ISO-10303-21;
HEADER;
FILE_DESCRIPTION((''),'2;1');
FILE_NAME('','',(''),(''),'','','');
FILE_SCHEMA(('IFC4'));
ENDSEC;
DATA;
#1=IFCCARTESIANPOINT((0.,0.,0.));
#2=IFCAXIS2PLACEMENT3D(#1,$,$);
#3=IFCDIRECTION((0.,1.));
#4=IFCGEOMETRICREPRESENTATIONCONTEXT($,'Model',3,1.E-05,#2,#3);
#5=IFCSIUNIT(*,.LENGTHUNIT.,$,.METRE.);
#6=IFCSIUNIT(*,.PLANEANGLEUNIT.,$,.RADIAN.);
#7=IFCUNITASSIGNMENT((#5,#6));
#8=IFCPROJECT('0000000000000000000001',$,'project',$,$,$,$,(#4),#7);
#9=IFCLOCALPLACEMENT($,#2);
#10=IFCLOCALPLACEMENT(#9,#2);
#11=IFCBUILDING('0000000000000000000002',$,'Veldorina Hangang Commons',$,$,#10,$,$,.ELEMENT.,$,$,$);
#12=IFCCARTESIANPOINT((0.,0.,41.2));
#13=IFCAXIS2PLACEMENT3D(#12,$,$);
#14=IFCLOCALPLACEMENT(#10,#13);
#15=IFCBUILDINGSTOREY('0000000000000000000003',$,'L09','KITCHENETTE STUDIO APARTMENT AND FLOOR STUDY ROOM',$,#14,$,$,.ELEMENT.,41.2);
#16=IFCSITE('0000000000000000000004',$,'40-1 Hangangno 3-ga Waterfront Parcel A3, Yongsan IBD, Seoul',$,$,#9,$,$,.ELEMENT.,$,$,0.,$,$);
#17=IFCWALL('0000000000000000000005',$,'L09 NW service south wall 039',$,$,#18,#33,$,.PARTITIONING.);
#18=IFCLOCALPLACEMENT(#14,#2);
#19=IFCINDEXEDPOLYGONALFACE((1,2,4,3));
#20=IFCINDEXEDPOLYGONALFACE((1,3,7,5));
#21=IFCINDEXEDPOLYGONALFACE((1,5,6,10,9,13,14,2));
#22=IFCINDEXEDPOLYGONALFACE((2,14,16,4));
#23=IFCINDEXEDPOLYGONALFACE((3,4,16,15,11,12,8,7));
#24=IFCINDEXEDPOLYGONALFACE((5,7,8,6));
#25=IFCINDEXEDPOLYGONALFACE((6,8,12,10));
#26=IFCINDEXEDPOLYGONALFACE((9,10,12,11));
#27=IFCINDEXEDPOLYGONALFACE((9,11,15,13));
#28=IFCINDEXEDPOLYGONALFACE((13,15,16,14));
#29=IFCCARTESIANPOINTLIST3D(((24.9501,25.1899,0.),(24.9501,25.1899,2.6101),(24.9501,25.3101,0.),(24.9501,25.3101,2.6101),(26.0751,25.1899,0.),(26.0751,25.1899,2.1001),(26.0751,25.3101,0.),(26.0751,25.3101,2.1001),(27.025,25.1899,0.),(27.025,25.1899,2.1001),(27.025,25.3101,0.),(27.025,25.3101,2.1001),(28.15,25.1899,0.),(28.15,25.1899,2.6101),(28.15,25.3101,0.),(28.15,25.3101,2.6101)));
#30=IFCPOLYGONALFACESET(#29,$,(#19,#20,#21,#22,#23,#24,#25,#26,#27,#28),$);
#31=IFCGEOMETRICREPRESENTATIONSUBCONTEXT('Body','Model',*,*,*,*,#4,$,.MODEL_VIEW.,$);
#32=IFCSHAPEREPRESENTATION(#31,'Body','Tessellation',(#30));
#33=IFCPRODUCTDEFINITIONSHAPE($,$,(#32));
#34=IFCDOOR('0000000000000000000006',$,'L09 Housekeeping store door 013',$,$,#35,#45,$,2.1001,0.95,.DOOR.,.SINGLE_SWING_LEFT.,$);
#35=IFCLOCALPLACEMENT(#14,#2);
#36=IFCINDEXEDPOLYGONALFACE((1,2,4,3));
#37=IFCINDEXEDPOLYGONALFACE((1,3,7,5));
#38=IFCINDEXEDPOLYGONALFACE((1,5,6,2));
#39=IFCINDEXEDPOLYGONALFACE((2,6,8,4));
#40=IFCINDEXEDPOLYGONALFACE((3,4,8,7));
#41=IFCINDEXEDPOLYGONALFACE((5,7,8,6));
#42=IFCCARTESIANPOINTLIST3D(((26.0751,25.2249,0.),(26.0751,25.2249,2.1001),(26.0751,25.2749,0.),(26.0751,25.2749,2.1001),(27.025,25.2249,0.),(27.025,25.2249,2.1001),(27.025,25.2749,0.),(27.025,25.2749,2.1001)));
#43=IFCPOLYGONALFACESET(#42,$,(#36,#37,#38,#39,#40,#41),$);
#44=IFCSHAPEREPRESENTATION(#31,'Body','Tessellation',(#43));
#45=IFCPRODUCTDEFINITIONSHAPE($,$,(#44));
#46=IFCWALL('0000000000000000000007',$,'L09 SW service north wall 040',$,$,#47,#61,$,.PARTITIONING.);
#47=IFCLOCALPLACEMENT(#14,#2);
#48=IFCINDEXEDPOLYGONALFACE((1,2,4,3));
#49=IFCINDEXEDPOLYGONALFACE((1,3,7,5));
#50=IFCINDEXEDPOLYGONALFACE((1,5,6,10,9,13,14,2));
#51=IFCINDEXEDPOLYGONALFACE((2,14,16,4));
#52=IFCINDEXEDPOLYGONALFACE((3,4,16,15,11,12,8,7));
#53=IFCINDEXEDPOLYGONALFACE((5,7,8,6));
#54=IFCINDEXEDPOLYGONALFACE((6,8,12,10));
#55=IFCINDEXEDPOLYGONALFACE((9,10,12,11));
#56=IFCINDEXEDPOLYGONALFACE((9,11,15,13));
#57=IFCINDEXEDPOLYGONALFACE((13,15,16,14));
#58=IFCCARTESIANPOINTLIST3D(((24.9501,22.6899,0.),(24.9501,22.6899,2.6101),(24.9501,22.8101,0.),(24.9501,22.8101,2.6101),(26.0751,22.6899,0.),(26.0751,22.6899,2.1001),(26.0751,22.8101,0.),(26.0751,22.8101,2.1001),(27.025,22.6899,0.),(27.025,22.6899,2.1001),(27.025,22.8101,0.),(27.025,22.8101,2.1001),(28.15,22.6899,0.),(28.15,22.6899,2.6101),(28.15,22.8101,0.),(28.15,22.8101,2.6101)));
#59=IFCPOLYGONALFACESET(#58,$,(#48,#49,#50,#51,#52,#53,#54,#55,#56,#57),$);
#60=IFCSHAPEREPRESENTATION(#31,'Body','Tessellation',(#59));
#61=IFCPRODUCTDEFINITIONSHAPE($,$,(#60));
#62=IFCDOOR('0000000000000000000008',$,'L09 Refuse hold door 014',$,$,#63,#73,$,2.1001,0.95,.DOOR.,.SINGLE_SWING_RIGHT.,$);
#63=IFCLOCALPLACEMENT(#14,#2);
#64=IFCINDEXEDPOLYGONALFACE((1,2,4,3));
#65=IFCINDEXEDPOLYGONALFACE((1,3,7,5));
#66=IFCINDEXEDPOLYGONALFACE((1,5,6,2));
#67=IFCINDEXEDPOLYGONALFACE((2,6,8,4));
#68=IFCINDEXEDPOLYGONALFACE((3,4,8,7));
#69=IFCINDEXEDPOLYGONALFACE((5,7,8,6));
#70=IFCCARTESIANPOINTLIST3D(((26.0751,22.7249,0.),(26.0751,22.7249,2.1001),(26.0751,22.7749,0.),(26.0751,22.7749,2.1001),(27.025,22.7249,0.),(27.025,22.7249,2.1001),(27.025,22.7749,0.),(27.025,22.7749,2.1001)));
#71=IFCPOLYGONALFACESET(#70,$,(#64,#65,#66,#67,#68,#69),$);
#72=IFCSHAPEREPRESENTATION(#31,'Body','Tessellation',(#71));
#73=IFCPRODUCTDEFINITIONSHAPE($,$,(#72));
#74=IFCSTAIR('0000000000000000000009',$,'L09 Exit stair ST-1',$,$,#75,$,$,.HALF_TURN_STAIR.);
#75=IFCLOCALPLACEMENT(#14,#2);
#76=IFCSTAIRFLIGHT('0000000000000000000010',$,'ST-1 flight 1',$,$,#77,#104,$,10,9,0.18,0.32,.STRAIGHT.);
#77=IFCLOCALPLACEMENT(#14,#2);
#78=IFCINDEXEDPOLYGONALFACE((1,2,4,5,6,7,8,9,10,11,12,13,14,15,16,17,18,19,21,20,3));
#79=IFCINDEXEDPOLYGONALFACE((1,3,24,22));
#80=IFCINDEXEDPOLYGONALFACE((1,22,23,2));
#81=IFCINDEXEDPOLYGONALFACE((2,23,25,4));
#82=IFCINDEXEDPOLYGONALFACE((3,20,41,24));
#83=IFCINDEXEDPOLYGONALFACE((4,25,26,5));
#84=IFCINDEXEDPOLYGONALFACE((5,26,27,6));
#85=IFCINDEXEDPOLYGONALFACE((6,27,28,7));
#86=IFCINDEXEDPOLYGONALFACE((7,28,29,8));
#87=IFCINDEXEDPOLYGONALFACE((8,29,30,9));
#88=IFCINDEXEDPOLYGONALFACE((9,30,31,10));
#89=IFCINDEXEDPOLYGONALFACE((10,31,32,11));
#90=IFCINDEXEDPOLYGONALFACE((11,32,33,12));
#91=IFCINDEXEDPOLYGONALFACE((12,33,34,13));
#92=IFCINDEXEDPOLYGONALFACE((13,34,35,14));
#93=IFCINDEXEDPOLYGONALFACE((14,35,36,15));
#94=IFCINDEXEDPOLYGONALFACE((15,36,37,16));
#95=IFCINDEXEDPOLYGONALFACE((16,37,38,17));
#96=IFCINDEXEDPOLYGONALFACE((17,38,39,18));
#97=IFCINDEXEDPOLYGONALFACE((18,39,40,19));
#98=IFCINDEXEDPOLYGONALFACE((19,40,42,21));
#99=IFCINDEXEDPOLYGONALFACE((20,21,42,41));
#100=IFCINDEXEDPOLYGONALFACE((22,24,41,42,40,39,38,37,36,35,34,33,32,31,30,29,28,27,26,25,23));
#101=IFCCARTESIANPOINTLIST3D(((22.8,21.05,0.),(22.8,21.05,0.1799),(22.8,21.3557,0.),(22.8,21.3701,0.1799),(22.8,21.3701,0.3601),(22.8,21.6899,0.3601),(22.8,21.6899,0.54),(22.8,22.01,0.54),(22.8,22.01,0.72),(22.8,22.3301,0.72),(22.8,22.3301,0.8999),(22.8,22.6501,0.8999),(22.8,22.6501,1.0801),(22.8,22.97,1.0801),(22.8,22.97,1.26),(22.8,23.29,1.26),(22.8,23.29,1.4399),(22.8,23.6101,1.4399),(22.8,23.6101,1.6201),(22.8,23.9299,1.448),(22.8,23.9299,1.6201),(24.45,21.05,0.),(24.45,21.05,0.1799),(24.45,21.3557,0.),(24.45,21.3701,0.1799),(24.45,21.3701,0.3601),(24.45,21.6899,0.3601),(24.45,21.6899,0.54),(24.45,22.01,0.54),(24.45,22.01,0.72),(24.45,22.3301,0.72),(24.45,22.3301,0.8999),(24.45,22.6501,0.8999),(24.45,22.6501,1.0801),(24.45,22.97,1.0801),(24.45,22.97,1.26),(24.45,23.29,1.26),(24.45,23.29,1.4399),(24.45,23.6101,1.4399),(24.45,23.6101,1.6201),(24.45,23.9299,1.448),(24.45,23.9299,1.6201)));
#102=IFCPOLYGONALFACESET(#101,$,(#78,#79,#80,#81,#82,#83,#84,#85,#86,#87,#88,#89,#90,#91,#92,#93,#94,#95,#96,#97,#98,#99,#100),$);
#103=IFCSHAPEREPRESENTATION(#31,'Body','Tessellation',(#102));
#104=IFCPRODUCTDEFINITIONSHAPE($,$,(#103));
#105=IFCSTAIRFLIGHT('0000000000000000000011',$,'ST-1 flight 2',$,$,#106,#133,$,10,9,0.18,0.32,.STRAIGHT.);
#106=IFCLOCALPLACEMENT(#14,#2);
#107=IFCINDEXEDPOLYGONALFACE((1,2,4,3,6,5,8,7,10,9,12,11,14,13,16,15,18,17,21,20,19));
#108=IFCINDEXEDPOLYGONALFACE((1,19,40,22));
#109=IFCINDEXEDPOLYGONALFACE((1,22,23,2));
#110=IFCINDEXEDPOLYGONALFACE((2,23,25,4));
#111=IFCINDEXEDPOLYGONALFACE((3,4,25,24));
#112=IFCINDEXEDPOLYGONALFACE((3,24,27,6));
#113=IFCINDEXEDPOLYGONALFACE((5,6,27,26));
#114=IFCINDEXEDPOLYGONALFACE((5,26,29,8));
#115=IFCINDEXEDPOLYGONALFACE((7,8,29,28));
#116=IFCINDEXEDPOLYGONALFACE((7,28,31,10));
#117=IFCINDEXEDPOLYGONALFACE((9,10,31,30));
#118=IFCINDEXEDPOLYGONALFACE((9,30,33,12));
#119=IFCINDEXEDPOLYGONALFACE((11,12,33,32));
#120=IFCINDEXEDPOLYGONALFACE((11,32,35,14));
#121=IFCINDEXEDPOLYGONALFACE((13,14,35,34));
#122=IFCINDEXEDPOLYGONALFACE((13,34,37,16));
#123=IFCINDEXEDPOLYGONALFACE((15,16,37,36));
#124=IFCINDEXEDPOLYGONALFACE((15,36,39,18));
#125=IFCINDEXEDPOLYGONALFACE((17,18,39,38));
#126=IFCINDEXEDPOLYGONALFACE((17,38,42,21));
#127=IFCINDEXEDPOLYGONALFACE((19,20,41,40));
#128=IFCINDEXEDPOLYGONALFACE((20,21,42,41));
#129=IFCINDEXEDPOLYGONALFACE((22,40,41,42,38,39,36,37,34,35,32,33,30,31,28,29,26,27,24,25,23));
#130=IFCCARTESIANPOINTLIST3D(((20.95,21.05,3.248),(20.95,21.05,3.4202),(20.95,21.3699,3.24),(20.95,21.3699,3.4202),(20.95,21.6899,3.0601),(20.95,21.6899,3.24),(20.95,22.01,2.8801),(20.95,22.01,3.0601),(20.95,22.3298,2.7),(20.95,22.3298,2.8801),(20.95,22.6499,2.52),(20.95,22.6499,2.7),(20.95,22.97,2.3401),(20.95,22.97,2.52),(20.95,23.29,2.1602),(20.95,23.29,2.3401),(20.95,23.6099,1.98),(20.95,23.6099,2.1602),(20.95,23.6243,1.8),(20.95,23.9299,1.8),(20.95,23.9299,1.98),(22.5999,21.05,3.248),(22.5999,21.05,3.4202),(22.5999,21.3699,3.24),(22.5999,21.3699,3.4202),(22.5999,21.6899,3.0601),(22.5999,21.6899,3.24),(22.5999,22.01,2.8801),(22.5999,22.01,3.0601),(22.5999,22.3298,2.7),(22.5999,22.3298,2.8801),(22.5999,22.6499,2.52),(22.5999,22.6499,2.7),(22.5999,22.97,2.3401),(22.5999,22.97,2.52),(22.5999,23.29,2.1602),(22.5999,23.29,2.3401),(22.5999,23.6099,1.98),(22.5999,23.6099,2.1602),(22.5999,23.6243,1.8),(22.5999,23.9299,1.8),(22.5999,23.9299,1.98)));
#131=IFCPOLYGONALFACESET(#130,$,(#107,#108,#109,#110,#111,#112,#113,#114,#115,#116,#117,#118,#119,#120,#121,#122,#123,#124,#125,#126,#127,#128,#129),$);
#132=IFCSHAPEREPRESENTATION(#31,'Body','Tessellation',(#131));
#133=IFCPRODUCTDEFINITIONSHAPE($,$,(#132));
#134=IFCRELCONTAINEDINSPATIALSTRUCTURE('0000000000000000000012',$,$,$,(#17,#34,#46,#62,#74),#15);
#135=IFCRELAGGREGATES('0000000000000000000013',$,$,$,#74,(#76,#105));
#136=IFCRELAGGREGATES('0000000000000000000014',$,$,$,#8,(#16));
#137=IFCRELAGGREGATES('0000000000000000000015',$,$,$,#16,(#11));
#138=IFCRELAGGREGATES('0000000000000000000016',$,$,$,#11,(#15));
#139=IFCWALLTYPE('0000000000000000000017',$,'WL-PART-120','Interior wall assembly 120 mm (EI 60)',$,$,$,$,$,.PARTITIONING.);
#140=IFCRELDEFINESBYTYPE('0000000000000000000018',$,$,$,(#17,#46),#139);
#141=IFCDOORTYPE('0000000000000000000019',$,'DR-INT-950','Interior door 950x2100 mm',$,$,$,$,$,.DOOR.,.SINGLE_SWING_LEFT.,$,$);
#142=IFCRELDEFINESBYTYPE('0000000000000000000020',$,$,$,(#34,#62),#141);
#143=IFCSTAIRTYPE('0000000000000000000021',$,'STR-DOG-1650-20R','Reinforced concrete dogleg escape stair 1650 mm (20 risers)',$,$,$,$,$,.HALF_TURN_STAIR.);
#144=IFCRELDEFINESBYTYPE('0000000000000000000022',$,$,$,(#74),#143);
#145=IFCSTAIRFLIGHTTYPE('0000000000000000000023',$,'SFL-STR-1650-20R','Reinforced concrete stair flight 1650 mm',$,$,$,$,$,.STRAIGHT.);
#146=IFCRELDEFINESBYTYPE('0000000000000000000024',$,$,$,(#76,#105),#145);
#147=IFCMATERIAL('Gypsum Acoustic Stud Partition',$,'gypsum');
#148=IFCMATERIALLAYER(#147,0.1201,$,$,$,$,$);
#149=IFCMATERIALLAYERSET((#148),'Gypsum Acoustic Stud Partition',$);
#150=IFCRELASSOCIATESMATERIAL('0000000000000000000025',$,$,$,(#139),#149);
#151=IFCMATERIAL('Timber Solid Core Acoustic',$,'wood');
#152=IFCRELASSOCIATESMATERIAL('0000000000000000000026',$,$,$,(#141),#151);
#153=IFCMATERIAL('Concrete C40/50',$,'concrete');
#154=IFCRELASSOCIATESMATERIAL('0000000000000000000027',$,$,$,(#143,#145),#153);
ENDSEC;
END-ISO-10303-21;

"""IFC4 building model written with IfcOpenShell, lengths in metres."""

from ifc_helpers import new_model, si_unit, direction, frame, frame_2d, origin, place, context, subcontext, project, spatial, polyline, rectangle, outline, extrude, material, layer, layer_set, type_object, element, fill, aggregate, save


model = new_model("IFC4")

# Units and contexts
model_context = context("Model", 3, precision=1e-05, world=origin(), true_north=direction((0.0, 1.0)))
body_context = subcontext(model_context, "Body", "Model", "MODEL_VIEW")
ifc_project = project(units=[si_unit("LENGTHUNIT", "METRE"), si_unit("PLANEANGLEUNIT", "RADIAN")], contexts=[model_context])

# Site, building, storey
site_placement = place(None, origin())
site = spatial("IfcSite", under=ifc_project, at=site_placement, Name="40-1 Hangangno 3-ga Waterfront Parcel A3, Yongsan IBD, Seoul", CompositionType="ELEMENT", RefElevation=0.0)
building_placement = place(site_placement, origin())
building = spatial("IfcBuilding", under=site, at=building_placement, Name="Veldorina Hangang Commons", CompositionType="ELEMENT")
storey_placement = place(building_placement, frame((0.0, 0.0, 41.2)))
storey = spatial("IfcBuildingStorey", under=building, at=storey_placement, Name="L09", Description="KITCHENETTE STUDIO APARTMENT AND FLOOR STUDY ROOM", CompositionType="ELEMENT", Elevation=41.2)

# Walls, openings, doors
ifc_material_1 = material(Name="Gypsum Acoustic Stud Partition", Category="gypsum")
ifc_layer_1 = layer(ifc_material_1, 0.1201)
ifc_layer_set_1 = layer_set([ifc_layer_1], Name="Gypsum Acoustic Stud Partition")
wall_type_1 = type_object("IfcWallType", Name="WL-PART-120", Description="Interior wall assembly 120 mm (EI 60)", PredefinedType="PARTITIONING", material=ifc_layer_set_1)
wall_1_placement = place(storey_placement, frame((24.95, 25.25, 0.0), z_axis=(0.0, 0.0, 1.0), x_axis=(1.0, 0.0, 0.0)))
wall_1 = element("IfcWall", 1, at=wall_1_placement, inside=storey, type_object=wall_type_1, Name="L09 NW service south wall 039", PredefinedType="PARTITIONING", context=body_context, shape_type="SweptSolid", body=[
    extrude(rectangle(XDim=3.2, YDim=0.1201, at=frame_2d((1.6001, 0.0))), origin(), (0.0, 0.0, 1.0), 2.6101),
])
opening_1_placement = place(wall_1_placement, frame((1.125, 0.0, 0.0)))
opening_1 = element("IfcOpeningElement", 2, at=opening_1_placement, cuts=wall_1, PredefinedType="OPENING", context=body_context, shape_type="SweptSolid", body=[
    extrude(rectangle(XDim=0.95, YDim=2.1001, at=frame_2d((0.4751, 1.05))), frame((0.0, 0.0701, 0.0), z_axis=(0.0, -1.0, 0.0), x_axis=(1.0, 0.0, 0.0)), (0.0, 0.0, 1.0), 0.1401),
])
ifc_material_2 = material(Name="Timber Solid Core Acoustic", Category="wood")
door_type_1 = type_object("IfcDoorType", Name="DR-INT-950", Description="Interior door 950x2100 mm", OperationType="SINGLE_SWING_LEFT", PredefinedType="DOOR", material=ifc_material_2)
door_1_placement = place(opening_1_placement, origin())
door_1 = element("IfcDoor", 3, at=door_1_placement, inside=storey, type_object=door_type_1, Name="L09 Housekeeping store door 013", OperationType="SINGLE_SWING_LEFT", OverallHeight=2.1001, OverallWidth=0.95, PredefinedType="DOOR", context=body_context, shape_type="SweptSolid", body=[
    extrude(rectangle(XDim=0.95, YDim=2.1001, at=frame_2d((0.4751, 1.05))), frame((0.0, 0.0249, 0.0), z_axis=(0.0, -1.0, 0.0), x_axis=(1.0, 0.0, 0.0)), (0.0, 0.0, 1.0), 0.05),
])
fill(opening_1, door_1)
wall_2_placement = place(storey_placement, frame((24.95, 22.75, 0.0), z_axis=(0.0, 0.0, 1.0), x_axis=(1.0, 0.0, 0.0)))
wall_2 = element("IfcWall", 4, at=wall_2_placement, inside=storey, type_object=wall_type_1, Name="L09 SW service north wall 040", PredefinedType="PARTITIONING", context=body_context, shape_type="SweptSolid", body=[
    extrude(rectangle(XDim=3.2, YDim=0.1201, at=frame_2d((1.6001, 0.0))), origin(), (0.0, 0.0, 1.0), 2.6101),
])
opening_2_placement = place(wall_2_placement, frame((1.125, 0.0, 0.0)))
opening_2 = element("IfcOpeningElement", 5, at=opening_2_placement, cuts=wall_2, PredefinedType="OPENING", context=body_context, shape_type="SweptSolid", body=[
    extrude(rectangle(XDim=0.95, YDim=2.1001, at=frame_2d((0.4751, 1.05))), frame((0.0, 0.0701, 0.0), z_axis=(0.0, -1.0, 0.0), x_axis=(1.0, 0.0, 0.0)), (0.0, 0.0, 1.0), 0.1401),
])
door_2_placement = place(opening_2_placement, origin())
door_2 = element("IfcDoor", 6, at=door_2_placement, inside=storey, type_object=door_type_1, Name="L09 Refuse hold door 014", OperationType="SINGLE_SWING_RIGHT", OverallHeight=2.1001, OverallWidth=0.95, PredefinedType="DOOR", context=body_context, shape_type="SweptSolid", body=[
    extrude(rectangle(XDim=0.95, YDim=2.1001, at=frame_2d((0.4751, 1.05))), frame((0.0, 0.0249, 0.0), z_axis=(0.0, -1.0, 0.0), x_axis=(1.0, 0.0, 0.0)), (0.0, 0.0, 1.0), 0.05),
])
fill(opening_2, door_2)

# Stair, stair flights
ifc_material_3 = material(Name="Concrete C40/50", Category="concrete")
stair_type = type_object("IfcStairType", Name="STR-DOG-1650-20R", Description="Reinforced concrete dogleg escape stair 1650 mm (20 risers)", PredefinedType="HALF_TURN_STAIR", material=ifc_material_3)
stair_placement = place(storey_placement, origin())
stair = element("IfcStair", 7, at=stair_placement, inside=storey, type_object=stair_type, Name="L09 Exit stair ST-1", PredefinedType="HALF_TURN_STAIR")
stair_flight_type = type_object("IfcStairFlightType", Name="SFL-STR-1650-20R", Description="Reinforced concrete stair flight 1650 mm", PredefinedType="STRAIGHT", material=ifc_material_3)
stair_flight_1_placement = place(storey_placement, frame((23.625, 21.05, 0.0), z_axis=(0.0, 0.0, 1.0), x_axis=(0.0, 1.0, 0.0)))
stair_flight_1 = element("IfcStairFlight", 8, at=stair_flight_1_placement, type_object=stair_flight_type, Name="ST-1 flight 1", NumberOfRisers=10, NumberOfTreads=9, PredefinedType="STRAIGHT", RiserHeight=0.18, TreadLength=0.32, context=body_context, shape_type="SweptSolid", body=[
    extrude(outline(polyline([(0.0, 0.0), (0.0, 0.1799), (0.3201, 0.1799), (0.3201, 0.3601), (0.6399, 0.3601), (0.6399, 0.54), (0.96, 0.54), (0.96, 0.72), (1.28, 0.72), (1.28, 0.8999), (1.6001, 0.8999), (1.6001, 1.0801), (1.9199, 1.0801), (1.9199, 1.26), (2.24, 1.26), (2.24, 1.4399), (2.5601, 1.4399), (2.5601, 1.6201), (2.8799, 1.6201), (2.8799, 1.8), (2.8799, 1.448), (0.3057, 0.0), (0.0, 0.0)])), frame((0.0, 0.825, 0.0), z_axis=(0.0, -1.0, 0.0), x_axis=(1.0, 0.0, 0.0)), (0.0, 0.0, 1.0), 1.6499),
])
stair_flight_2_placement = place(storey_placement, frame((21.7749, 23.9299, 1.8), z_axis=(0.0, 0.0, 1.0), x_axis=(0.0, -1.0, 0.0)))
stair_flight_2 = element("IfcStairFlight", 9, at=stair_flight_2_placement, type_object=stair_flight_type, Name="ST-1 flight 2", NumberOfRisers=10, NumberOfTreads=9, PredefinedType="STRAIGHT", RiserHeight=0.18, TreadLength=0.32, context=body_context, shape_type="SweptSolid", body=[
    extrude(outline(polyline([(0.0, 0.0), (0.0, 0.1799), (0.3201, 0.1799), (0.3201, 0.3601), (0.6399, 0.3601), (0.6399, 0.54), (0.96, 0.54), (0.96, 0.72), (1.28, 0.72), (1.28, 0.8999), (1.6001, 0.8999), (1.6001, 1.0801), (1.9199, 1.0801), (1.9199, 1.26), (2.24, 1.26), (2.24, 1.4399), (2.5601, 1.4399), (2.5601, 1.6201), (2.8799, 1.6201), (2.8799, 1.8), (2.8799, 1.448), (0.3057, 0.0), (0.0, 0.0)])), frame((0.0, 0.825, 0.0), z_axis=(0.0, -1.0, 0.0), x_axis=(1.0, 0.0, 0.0)), (0.0, 0.0, 1.0), 1.6499),
])
aggregate(stair, [stair_flight_1, stair_flight_2])

save(model, "model.ifc")
